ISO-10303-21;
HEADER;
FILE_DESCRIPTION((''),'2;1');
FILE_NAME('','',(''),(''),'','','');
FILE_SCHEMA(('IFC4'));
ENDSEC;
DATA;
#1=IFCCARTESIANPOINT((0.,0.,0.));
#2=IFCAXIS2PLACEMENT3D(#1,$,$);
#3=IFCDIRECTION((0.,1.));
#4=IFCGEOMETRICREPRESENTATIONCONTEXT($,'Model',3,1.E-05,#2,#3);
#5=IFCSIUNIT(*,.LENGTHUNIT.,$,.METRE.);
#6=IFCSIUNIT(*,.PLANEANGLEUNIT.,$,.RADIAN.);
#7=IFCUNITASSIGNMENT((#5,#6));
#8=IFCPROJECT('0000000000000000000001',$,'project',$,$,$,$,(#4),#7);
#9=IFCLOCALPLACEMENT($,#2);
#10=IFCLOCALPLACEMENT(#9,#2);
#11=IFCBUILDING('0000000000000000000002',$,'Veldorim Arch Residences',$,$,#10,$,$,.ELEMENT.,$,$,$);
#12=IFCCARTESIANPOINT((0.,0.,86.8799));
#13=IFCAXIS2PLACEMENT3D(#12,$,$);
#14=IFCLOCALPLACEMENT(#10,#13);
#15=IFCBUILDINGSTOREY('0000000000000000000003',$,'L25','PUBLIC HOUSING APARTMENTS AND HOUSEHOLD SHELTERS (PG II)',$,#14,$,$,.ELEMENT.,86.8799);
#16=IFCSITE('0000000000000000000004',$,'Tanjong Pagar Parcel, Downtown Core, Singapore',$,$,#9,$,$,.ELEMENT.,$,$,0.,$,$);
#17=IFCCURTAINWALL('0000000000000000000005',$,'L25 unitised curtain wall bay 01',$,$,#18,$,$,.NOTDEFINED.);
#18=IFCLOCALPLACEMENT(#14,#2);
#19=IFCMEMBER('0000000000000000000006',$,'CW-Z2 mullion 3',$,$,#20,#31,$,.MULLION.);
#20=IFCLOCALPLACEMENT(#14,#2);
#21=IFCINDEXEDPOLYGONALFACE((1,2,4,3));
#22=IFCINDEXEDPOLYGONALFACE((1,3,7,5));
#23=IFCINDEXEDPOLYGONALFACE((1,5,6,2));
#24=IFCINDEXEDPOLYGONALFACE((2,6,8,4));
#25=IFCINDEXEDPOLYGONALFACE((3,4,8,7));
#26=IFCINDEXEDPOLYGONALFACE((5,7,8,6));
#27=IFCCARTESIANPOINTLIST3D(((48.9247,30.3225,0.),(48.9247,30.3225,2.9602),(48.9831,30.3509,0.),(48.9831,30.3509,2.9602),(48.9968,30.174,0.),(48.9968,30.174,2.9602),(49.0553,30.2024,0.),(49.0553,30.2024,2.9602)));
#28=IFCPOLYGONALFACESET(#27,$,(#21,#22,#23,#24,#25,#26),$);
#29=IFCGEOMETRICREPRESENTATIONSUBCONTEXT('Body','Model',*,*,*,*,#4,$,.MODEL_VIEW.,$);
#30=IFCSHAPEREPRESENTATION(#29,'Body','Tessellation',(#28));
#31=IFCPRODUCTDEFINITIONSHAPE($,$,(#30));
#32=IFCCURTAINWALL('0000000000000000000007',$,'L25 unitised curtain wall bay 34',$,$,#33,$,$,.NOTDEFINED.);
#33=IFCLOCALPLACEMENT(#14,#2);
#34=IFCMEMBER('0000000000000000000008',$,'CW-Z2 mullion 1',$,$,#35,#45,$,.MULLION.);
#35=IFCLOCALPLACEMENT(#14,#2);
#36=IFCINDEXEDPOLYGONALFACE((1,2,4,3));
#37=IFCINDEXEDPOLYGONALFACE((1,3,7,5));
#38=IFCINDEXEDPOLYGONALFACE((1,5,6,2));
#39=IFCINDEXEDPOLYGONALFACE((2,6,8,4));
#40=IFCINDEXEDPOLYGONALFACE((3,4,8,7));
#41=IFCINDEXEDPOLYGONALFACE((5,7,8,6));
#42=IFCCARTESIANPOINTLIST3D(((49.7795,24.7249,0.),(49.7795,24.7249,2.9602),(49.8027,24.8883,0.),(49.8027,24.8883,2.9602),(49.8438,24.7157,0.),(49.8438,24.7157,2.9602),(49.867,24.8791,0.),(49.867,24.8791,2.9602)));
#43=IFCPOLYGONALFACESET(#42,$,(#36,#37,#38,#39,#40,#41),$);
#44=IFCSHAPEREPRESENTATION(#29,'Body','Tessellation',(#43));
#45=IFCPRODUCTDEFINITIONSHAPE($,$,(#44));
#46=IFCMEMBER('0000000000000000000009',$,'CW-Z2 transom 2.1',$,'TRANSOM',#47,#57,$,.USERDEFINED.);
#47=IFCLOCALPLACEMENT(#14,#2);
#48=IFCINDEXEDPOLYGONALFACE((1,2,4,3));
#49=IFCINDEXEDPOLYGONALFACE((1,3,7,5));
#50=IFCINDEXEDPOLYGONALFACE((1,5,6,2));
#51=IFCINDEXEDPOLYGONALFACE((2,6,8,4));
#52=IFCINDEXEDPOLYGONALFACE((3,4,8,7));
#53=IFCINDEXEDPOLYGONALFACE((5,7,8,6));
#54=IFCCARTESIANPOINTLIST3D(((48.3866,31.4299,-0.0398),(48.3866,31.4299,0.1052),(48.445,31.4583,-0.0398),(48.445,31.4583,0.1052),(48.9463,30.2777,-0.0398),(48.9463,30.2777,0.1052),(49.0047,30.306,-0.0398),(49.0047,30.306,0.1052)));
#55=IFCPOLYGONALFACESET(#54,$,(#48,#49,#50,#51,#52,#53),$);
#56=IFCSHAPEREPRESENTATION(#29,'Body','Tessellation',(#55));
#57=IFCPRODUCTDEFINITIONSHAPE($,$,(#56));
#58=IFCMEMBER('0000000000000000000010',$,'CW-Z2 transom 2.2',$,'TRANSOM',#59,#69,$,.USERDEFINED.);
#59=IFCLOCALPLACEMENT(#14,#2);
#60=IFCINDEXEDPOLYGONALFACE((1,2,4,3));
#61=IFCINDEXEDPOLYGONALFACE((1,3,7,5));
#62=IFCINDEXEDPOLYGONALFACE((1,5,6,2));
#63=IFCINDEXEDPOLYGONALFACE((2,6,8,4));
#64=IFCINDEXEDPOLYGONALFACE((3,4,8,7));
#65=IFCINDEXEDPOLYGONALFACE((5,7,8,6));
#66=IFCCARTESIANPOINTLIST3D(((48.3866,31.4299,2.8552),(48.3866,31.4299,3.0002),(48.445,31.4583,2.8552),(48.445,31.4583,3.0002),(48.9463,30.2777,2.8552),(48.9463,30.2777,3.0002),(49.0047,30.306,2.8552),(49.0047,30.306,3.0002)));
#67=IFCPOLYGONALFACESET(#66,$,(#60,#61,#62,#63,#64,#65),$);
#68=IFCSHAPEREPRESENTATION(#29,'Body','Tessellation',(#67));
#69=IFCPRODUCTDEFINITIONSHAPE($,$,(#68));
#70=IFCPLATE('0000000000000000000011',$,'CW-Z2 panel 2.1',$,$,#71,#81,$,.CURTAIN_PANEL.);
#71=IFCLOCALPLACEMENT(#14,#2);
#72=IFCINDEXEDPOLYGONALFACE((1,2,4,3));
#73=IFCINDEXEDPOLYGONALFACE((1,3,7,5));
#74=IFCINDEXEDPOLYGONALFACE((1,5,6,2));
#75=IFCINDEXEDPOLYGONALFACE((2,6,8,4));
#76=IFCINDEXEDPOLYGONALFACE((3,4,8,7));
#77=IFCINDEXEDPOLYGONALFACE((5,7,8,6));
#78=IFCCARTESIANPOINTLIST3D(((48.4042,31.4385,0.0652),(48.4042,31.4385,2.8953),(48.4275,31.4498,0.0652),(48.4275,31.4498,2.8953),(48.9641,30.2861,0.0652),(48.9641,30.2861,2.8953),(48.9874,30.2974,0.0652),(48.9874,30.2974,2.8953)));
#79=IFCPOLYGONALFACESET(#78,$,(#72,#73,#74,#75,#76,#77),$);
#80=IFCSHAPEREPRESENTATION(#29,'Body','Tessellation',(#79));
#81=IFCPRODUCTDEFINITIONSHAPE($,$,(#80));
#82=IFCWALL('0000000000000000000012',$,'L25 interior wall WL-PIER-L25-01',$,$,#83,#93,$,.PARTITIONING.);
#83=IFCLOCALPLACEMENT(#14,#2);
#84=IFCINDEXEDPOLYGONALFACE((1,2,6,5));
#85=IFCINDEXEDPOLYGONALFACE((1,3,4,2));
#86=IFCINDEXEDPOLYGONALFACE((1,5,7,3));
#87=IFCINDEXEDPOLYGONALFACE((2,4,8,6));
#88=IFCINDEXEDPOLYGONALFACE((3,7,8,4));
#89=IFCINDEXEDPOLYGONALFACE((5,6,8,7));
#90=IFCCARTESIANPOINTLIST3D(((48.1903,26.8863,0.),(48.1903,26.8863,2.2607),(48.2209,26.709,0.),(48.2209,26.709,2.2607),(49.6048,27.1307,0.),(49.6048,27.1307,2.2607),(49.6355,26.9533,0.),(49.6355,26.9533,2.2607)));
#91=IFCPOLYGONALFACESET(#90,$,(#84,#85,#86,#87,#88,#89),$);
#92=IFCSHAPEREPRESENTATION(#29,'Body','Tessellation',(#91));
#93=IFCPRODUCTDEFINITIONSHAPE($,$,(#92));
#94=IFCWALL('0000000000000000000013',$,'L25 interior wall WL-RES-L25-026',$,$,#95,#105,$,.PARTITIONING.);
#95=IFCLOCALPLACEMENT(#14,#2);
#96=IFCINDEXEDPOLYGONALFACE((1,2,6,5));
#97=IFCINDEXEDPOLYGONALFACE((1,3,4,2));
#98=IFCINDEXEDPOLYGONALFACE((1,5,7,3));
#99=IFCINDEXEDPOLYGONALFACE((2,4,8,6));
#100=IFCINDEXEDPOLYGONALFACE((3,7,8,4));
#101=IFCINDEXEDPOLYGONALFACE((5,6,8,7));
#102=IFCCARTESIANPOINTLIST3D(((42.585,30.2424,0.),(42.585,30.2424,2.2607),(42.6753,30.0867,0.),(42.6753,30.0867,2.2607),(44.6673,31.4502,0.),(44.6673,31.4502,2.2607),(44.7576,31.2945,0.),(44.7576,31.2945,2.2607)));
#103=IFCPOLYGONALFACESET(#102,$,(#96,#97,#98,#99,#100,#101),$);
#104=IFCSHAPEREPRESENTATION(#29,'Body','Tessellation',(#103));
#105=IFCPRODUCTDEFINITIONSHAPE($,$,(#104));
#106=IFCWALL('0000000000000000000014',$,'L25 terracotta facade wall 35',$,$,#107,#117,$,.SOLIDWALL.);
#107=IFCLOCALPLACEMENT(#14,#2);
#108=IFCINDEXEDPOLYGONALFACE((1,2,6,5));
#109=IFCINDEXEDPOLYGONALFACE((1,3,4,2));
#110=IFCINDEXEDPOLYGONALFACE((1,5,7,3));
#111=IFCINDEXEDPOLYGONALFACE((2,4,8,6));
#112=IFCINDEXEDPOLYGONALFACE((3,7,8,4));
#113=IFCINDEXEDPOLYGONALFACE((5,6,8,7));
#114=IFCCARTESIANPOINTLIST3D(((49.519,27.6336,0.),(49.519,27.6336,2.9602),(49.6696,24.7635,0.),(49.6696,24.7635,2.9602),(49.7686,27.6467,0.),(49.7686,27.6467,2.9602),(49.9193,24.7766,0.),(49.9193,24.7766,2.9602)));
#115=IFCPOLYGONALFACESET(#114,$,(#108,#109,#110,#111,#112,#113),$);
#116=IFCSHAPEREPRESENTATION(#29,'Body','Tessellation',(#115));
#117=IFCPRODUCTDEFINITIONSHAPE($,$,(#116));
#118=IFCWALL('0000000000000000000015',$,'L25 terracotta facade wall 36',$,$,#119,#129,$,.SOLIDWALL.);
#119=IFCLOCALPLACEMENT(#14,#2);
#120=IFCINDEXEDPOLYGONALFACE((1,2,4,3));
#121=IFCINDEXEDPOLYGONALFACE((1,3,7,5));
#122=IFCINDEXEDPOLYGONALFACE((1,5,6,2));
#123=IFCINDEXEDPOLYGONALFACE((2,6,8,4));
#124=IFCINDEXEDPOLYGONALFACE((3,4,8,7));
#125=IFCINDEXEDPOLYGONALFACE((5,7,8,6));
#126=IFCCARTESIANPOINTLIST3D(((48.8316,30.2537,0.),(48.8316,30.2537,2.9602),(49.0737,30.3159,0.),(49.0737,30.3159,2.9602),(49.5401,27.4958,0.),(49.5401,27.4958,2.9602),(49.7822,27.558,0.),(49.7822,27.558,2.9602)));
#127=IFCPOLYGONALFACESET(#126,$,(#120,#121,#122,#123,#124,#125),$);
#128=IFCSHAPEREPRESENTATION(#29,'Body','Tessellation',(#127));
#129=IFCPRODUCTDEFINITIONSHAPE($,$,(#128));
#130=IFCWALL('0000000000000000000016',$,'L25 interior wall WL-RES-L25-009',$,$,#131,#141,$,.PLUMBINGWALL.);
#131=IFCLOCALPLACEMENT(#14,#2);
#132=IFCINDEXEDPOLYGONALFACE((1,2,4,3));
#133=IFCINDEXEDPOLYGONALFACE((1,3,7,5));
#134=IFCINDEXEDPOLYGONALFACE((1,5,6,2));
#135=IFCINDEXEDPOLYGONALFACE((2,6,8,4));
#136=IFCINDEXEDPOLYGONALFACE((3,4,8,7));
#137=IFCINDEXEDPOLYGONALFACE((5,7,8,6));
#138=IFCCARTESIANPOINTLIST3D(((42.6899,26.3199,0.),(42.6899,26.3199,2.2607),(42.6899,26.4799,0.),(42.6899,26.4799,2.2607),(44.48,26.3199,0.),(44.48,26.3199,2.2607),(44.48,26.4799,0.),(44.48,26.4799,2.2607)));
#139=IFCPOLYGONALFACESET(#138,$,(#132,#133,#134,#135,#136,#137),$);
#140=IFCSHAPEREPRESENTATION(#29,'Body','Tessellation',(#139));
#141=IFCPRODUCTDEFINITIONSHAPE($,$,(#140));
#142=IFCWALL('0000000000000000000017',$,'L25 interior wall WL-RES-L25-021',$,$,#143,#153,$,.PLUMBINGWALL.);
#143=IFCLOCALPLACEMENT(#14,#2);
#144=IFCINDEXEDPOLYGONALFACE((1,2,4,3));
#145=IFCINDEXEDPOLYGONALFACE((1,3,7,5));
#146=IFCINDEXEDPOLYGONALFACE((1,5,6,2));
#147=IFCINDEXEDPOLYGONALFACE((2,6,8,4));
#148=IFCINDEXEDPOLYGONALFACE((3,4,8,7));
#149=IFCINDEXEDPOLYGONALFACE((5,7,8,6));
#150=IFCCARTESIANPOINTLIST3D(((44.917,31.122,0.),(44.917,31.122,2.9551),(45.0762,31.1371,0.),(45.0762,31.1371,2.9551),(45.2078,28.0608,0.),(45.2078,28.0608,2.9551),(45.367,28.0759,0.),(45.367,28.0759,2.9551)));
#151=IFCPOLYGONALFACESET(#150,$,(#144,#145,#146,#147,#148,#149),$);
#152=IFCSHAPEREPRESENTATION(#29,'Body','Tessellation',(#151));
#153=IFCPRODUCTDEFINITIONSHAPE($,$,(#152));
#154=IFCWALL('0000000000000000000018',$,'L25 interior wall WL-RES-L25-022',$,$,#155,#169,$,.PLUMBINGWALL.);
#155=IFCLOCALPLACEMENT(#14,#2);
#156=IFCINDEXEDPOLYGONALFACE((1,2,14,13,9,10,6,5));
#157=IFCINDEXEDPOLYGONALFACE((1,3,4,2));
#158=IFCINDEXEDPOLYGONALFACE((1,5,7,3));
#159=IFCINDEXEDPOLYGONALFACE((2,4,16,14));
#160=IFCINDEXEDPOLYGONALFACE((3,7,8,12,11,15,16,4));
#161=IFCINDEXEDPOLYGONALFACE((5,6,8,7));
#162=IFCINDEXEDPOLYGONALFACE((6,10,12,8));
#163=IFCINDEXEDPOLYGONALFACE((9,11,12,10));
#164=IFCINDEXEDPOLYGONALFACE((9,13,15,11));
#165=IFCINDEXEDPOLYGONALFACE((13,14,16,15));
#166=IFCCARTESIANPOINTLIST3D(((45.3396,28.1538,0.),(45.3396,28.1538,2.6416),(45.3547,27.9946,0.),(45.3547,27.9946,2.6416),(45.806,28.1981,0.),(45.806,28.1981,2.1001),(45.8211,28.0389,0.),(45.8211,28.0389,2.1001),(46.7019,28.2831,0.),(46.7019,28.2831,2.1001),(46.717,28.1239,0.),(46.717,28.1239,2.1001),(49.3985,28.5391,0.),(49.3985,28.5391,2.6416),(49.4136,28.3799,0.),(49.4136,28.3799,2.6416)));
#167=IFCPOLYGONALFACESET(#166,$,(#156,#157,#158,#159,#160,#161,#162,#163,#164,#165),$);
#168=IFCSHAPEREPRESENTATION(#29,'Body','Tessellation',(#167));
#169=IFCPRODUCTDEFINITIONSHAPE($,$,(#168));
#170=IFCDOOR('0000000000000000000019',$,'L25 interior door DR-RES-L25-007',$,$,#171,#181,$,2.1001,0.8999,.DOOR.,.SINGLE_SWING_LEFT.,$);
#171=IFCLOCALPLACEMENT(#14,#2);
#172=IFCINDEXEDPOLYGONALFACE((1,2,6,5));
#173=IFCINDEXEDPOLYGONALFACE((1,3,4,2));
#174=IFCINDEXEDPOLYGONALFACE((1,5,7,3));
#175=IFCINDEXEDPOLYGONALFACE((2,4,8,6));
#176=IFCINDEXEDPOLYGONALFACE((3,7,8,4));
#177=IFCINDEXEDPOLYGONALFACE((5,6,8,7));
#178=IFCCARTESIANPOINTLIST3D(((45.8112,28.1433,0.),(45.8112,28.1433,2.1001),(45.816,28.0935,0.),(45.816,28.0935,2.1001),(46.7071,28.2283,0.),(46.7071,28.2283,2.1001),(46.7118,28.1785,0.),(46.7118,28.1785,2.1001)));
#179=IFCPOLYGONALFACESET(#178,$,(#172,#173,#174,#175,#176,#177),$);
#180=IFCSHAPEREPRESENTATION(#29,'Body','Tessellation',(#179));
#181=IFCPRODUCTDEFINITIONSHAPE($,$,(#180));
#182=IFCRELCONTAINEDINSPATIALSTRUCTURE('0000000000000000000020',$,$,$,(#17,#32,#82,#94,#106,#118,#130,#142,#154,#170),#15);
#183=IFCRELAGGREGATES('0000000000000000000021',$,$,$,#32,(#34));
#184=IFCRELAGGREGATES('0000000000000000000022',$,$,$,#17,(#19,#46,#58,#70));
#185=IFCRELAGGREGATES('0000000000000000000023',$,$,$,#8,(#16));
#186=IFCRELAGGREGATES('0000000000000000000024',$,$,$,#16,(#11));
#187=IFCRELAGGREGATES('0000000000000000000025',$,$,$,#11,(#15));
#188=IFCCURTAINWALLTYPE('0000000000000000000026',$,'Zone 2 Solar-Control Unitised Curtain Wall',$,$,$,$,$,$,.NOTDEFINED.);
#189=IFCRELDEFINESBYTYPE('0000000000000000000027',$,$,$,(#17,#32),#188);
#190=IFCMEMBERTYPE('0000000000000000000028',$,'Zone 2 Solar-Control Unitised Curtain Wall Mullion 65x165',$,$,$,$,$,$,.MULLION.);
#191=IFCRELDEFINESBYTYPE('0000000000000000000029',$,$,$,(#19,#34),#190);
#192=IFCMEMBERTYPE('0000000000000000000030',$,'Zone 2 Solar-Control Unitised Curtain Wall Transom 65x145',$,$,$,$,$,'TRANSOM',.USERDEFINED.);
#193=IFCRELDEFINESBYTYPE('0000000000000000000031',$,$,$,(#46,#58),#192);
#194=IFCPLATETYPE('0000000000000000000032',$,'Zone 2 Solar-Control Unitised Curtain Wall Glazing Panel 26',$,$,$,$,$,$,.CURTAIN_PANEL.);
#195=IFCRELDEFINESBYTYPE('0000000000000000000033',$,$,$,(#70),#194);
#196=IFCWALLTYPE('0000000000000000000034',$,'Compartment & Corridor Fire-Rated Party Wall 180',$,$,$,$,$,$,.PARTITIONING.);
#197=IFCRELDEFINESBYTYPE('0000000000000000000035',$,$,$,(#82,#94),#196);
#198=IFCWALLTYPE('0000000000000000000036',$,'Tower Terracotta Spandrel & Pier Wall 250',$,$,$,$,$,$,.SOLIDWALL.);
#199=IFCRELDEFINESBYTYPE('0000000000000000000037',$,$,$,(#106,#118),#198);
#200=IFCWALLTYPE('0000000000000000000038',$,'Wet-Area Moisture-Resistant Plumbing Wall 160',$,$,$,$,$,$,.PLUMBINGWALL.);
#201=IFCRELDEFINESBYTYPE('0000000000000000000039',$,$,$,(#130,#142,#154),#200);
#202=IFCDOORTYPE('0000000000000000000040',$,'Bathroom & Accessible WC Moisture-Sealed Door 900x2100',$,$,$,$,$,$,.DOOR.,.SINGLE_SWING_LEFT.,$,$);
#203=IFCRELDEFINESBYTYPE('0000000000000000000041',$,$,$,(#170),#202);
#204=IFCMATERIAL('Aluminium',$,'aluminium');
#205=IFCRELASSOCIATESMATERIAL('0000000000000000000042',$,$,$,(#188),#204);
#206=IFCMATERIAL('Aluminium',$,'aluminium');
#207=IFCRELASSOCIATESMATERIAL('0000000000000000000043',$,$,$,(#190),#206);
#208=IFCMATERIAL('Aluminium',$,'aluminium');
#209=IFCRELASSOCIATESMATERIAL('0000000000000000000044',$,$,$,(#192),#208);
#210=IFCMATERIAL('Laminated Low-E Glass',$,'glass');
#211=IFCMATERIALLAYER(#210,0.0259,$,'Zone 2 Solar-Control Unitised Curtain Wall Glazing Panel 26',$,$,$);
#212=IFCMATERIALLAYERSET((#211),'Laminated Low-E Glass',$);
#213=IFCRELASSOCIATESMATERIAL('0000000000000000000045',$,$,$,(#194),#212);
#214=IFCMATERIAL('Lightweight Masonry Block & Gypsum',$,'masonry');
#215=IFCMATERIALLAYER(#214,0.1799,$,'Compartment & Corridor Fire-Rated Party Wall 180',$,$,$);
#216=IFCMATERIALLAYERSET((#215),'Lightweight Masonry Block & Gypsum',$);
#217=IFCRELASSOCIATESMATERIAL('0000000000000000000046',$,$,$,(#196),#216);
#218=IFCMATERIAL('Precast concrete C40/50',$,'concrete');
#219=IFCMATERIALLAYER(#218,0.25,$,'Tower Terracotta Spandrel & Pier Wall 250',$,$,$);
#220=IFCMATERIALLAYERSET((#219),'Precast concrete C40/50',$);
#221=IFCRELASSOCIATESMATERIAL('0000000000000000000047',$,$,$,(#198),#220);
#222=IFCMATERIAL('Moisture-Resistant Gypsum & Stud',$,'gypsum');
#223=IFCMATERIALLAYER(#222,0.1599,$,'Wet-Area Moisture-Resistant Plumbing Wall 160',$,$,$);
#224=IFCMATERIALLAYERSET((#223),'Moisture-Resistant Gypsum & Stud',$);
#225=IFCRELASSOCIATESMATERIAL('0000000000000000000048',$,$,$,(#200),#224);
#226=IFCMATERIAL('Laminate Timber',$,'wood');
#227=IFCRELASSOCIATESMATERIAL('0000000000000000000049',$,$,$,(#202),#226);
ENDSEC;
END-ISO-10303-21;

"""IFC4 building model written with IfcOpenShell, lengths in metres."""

from ifc_helpers import new_model, si_unit, direction, frame, frame_2d, origin, origin_2d, place, context, subcontext, project, spatial, rectangle, extrude, material, layer, layer_set, material_profile, profile_set, type_object, element, fill, aggregate, save


model = new_model("IFC4")

# Units and contexts
model_context = context("Model", 3, precision=1e-05, world=origin(), true_north=direction((0.0, 1.0)))
body_context = subcontext(model_context, "Body", "Model", "MODEL_VIEW")
ifc_project = project(units=[si_unit("LENGTHUNIT", "METRE"), si_unit("PLANEANGLEUNIT", "RADIAN")], contexts=[model_context])

# Site, building, storey
site_placement = place(None, origin())
site = spatial("IfcSite", under=ifc_project, at=site_placement, Name="Tanjong Pagar Parcel, Downtown Core, Singapore", CompositionType="ELEMENT", RefElevation=0.0)
building_placement = place(site_placement, origin())
building = spatial("IfcBuilding", under=site, at=building_placement, Name="Veldorim Arch Residences", CompositionType="ELEMENT")
storey_placement = place(building_placement, frame((0.0, 0.0, 86.8799)))
storey = spatial("IfcBuildingStorey", under=building, at=storey_placement, Name="L25", Description="PUBLIC HOUSING APARTMENTS AND HOUSEHOLD SHELTERS (PG II)", CompositionType="ELEMENT", Elevation=86.8799)

# Curtain wall, member
ifc_material_1 = material(Name="Aluminium", Category="aluminium")
curtain_wall_type = type_object("IfcCurtainWallType", Name="Zone 2 Solar-Control Unitised Curtain Wall", PredefinedType="NOTDEFINED", material=ifc_material_1)
curtain_wall_1_placement = place(storey_placement, origin())
curtain_wall_1 = element("IfcCurtainWall", 1, at=curtain_wall_1_placement, inside=storey, type_object=curtain_wall_type, Name="L25 unitised curtain wall bay 01", PredefinedType="NOTDEFINED")
ifc_material_2 = material(Name="Aluminium", Category="aluminium")
ifc_material_profile_1 = material_profile(ifc_material_2, rectangle(XDim=0.0649, YDim=0.165, at=origin_2d()), Name="ALU_MUL_65x165")
ifc_profile_set_1 = profile_set([ifc_material_profile_1], Name="Aluminium")
member_type_1 = type_object("IfcMemberType", Name="Zone 2 Solar-Control Unitised Curtain Wall Mullion 65x165", PredefinedType="MULLION", material=ifc_profile_set_1)
member_1_placement = place(storey_placement, frame((48.99, 30.2625, 0.0), z_axis=(0.0, 0.0, 1.0), x_axis=(0.899439, 0.437046, 0.0)))
member_1 = element("IfcMember", 2, at=member_1_placement, type_object=member_type_1, Name="CW-Z2 mullion 3", PredefinedType="MULLION", context=body_context, shape_type="SweptSolid", body=[
    extrude(rectangle(XDim=0.0649, YDim=0.165, at=origin_2d()), origin(), (0.0, 0.0, 1.0), 2.9602),
])

# Curtain wall, member
curtain_wall_2_placement = place(storey_placement, origin())
curtain_wall_2 = element("IfcCurtainWall", 3, at=curtain_wall_2_placement, inside=storey, type_object=curtain_wall_type, Name="L25 unitised curtain wall bay 34", PredefinedType="NOTDEFINED")
member_2_placement = place(storey_placement, frame((49.8232, 24.802, 0.0), z_axis=(0.0, 0.0, 1.0), x_axis=(0.990071, -0.140571, 0.0)))
member_2 = element("IfcMember", 4, at=member_2_placement, type_object=member_type_1, Name="CW-Z2 mullion 1", PredefinedType="MULLION", context=body_context, shape_type="SweptSolid", body=[
    extrude(rectangle(XDim=0.0649, YDim=0.165, at=origin_2d()), origin(), (0.0, 0.0, 1.0), 2.9602),
])
aggregate(curtain_wall_2, [member_2])

# Members
ifc_material_3 = material(Name="Aluminium", Category="aluminium")
ifc_material_profile_2 = material_profile(ifc_material_3, rectangle(XDim=0.0649, YDim=0.145, at=origin_2d()), Name="ALU_TRN_65x145")
ifc_profile_set_2 = profile_set([ifc_material_profile_2], Name="Aluminium")
member_type_2 = type_object("IfcMemberType", Name="Zone 2 Solar-Control Unitised Curtain Wall Transom 65x145", ElementType="TRANSOM", PredefinedType="USERDEFINED", material=ifc_profile_set_2)
member_3_placement = place(storey_placement, frame((48.4158, 31.4441, 0.0327), z_axis=(0.43697, -0.899476, 0.0), x_axis=(0.899476, 0.43697, 0.0)))
member_3 = element("IfcMember", 5, at=member_3_placement, type_object=member_type_2, Name="CW-Z2 transom 2.1", ObjectType="TRANSOM", PredefinedType="USERDEFINED", context=body_context, shape_type="SweptSolid", body=[
    extrude(rectangle(XDim=0.0649, YDim=0.145, at=origin_2d()), origin(), (0.0, 0.0, 1.0), 1.281),
])
member_4_placement = place(storey_placement, frame((48.4158, 31.4441, 2.9277), z_axis=(0.43697, -0.899476, 0.0), x_axis=(0.899476, 0.43697, 0.0)))
member_4 = element("IfcMember", 6, at=member_4_placement, type_object=member_type_2, Name="CW-Z2 transom 2.2", ObjectType="TRANSOM", PredefinedType="USERDEFINED", context=body_context, shape_type="SweptSolid", body=[
    extrude(rectangle(XDim=0.0649, YDim=0.145, at=origin_2d()), origin(), (0.0, 0.0, 1.0), 1.281),
])

# Plate
ifc_material_4 = material(Name="Laminated Low-E Glass", Category="glass")
ifc_layer_1 = layer(ifc_material_4, 0.0259, Name="Zone 2 Solar-Control Unitised Curtain Wall Glazing Panel 26")
ifc_layer_set_1 = layer_set([ifc_layer_1], Name="Laminated Low-E Glass")
plate_type = type_object("IfcPlateType", Name="Zone 2 Solar-Control Unitised Curtain Wall Glazing Panel 26", PredefinedType="CURTAIN_PANEL", material=ifc_layer_set_1)
plate_placement = place(storey_placement, frame((48.6958, 30.8679, 0.0652), z_axis=(0.0, 0.0, 1.0), x_axis=(0.437046, -0.899439, 0.0)))
plate = element("IfcPlate", 7, at=plate_placement, type_object=plate_type, Name="CW-Z2 panel 2.1", PredefinedType="CURTAIN_PANEL", context=body_context, shape_type="SweptSolid", body=[
    extrude(rectangle(XDim=1.2812, YDim=0.0259, at=origin_2d()), origin(), (0.0, 0.0, 1.0), 2.8301),
])
aggregate(curtain_wall_1, [member_1, member_3, member_4, plate])

# Wall
ifc_material_5 = material(Name="Lightweight Masonry Block & Gypsum", Category="masonry")
ifc_layer_2 = layer(ifc_material_5, 0.1799, Name="Compartment & Corridor Fire-Rated Party Wall 180")
ifc_layer_set_2 = layer_set([ifc_layer_2], Name="Lightweight Masonry Block & Gypsum")
wall_type_1 = type_object("IfcWallType", Name="Compartment & Corridor Fire-Rated Party Wall 180", PredefinedType="PARTITIONING", material=ifc_layer_set_2)
wall_1_placement = place(storey_placement, frame((48.2056, 26.7976, 0.0), z_axis=(0.0, 0.0, 1.0), x_axis=(0.985402, 0.170243, 0.0)))
element("IfcWall", 8, at=wall_1_placement, inside=storey, type_object=wall_type_1, Name="L25 interior wall WL-PIER-L25-01", PredefinedType="PARTITIONING", context=body_context, shape_type="SweptSolid", body=[
    extrude(rectangle(XDim=1.4355, YDim=0.1799, at=frame_2d((0.7178, 0.0))), origin(), (0.0, 0.0, 1.0), 2.2607),
])

# Walls
wall_2_placement = place(storey_placement, frame((42.6301, 30.1646, 0.0), z_axis=(0.0, 0.0, 1.0), x_axis=(0.865023, 0.501732, 0.0)))
element("IfcWall", 9, at=wall_2_placement, inside=storey, type_object=wall_type_1, Name="L25 interior wall WL-RES-L25-026", PredefinedType="PARTITIONING", context=body_context, shape_type="SweptSolid", body=[
    extrude(rectangle(XDim=2.4072, YDim=0.1799, at=frame_2d((1.2036, 0.0))), origin(), (0.0, 0.0, 1.0), 2.2607),
])
ifc_material_6 = material(Name="Precast concrete C40/50", Category="concrete")
ifc_layer_3 = layer(ifc_material_6, 0.25, Name="Tower Terracotta Spandrel & Pier Wall 250")
ifc_layer_set_3 = layer_set([ifc_layer_3], Name="Precast concrete C40/50")
wall_type_2 = type_object("IfcWallType", Name="Tower Terracotta Spandrel & Pier Wall 250", PredefinedType="SOLIDWALL", material=ifc_layer_set_3)
wall_3_placement = place(storey_placement, frame((49.6438, 27.6401, 0.0), z_axis=(0.0, 0.0, 1.0), x_axis=(0.052412, -0.998626, 0.0)))
element("IfcWall", 10, at=wall_3_placement, inside=storey, type_object=wall_type_2, Name="L25 terracotta facade wall 35", PredefinedType="SOLIDWALL", context=body_context, shape_type="SweptSolid", body=[
    extrude(rectangle(XDim=2.874, YDim=0.25, at=frame_2d((1.437, 0.0))), origin(), (0.0, 0.0, 1.0), 2.9602),
])
wall_4_placement = place(storey_placement, frame((48.9526, 30.2849, 0.0), z_axis=(0.0, 0.0, 1.0), x_axis=(0.248825, -0.968548, 0.0)))
element("IfcWall", 11, at=wall_4_placement, inside=storey, type_object=wall_type_2, Name="L25 terracotta facade wall 36", PredefinedType="SOLIDWALL", context=body_context, shape_type="SweptSolid", body=[
    extrude(rectangle(XDim=2.8474, YDim=0.25, at=frame_2d((1.4238, 0.0))), origin(), (0.0, 0.0, 1.0), 2.9602),
])
ifc_material_7 = material(Name="Moisture-Resistant Gypsum & Stud", Category="gypsum")
ifc_layer_4 = layer(ifc_material_7, 0.1599, Name="Wet-Area Moisture-Resistant Plumbing Wall 160")
ifc_layer_set_4 = layer_set([ifc_layer_4], Name="Moisture-Resistant Gypsum & Stud")
wall_type_3 = type_object("IfcWallType", Name="Wet-Area Moisture-Resistant Plumbing Wall 160", PredefinedType="PLUMBINGWALL", material=ifc_layer_set_4)
wall_5_placement = place(storey_placement, frame((42.6899, 26.3999, 0.0), z_axis=(0.0, 0.0, 1.0), x_axis=(1.0, 0.0, 0.0)))
element("IfcWall", 12, at=wall_5_placement, inside=storey, type_object=wall_type_3, Name="L25 interior wall WL-RES-L25-009", PredefinedType="PLUMBINGWALL", context=body_context, shape_type="SweptSolid", body=[
    extrude(rectangle(XDim=1.79, YDim=0.1599, at=frame_2d((0.895, 0.0))), origin(), (0.0, 0.0, 1.0), 2.2607),
])
wall_6_placement = place(storey_placement, frame((44.9966, 31.1296, 0.0), z_axis=(0.0, 0.0, 1.0), x_axis=(0.094558, -0.995519, 0.0)))
element("IfcWall", 13, at=wall_6_placement, inside=storey, type_object=wall_type_3, Name="L25 interior wall WL-RES-L25-021", PredefinedType="PLUMBINGWALL", context=body_context, shape_type="SweptSolid", body=[
    extrude(rectangle(XDim=3.075, YDim=0.1599, at=frame_2d((1.5376, 0.0))), origin(), (0.0, 0.0, 1.0), 2.9551),
])

# Wall, opening, door
wall_7_placement = place(storey_placement, frame((45.3472, 28.0742, 0.0), z_axis=(0.0, 0.0, 1.0), x_axis=(0.995526, 0.094493, 0.0)))
wall_7 = element("IfcWall", 14, at=wall_7_placement, inside=storey, type_object=wall_type_3, Name="L25 interior wall WL-RES-L25-022", PredefinedType="PLUMBINGWALL", context=body_context, shape_type="SweptSolid", body=[
    extrude(rectangle(XDim=4.0771, YDim=0.1599, at=frame_2d((2.0386, 0.0))), origin(), (0.0, 0.0, 1.0), 2.6416),
])
opening_1_placement = place(wall_7_placement, frame((0.4685, 0.0, 0.0)))
opening_1 = element("IfcOpeningElement", 15, at=opening_1_placement, cuts=wall_7, PredefinedType="OPENING", context=body_context, shape_type="SweptSolid", body=[
    extrude(rectangle(XDim=0.8999, YDim=2.1001, at=frame_2d((0.45, 1.05))), frame((0.0, 0.0898, 0.0), z_axis=(0.0, -1.0, 0.0), x_axis=(1.0, 0.0, 0.0)), (0.0, 0.0, 1.0), 0.1799),
])
ifc_material_8 = material(Name="Laminate Timber", Category="wood")
door_type_1 = type_object("IfcDoorType", Name="Bathroom & Accessible WC Moisture-Sealed Door 900x2100", OperationType="SINGLE_SWING_LEFT", PredefinedType="DOOR", material=ifc_material_8)
door_1_placement = place(opening_1_placement, origin())
door_1 = element("IfcDoor", 16, at=door_1_placement, inside=storey, type_object=door_type_1, Name="L25 interior door DR-RES-L25-007", OperationType="SINGLE_SWING_LEFT", OverallHeight=2.1001, OverallWidth=0.8999, PredefinedType="DOOR", context=body_context, shape_type="SweptSolid", body=[
    extrude(rectangle(XDim=0.8999, YDim=2.1001, at=frame_2d((0.45, 1.05))), frame((0.0, 0.0249, 0.0), z_axis=(0.0, -1.0, 0.0), x_axis=(1.0, 0.0, 0.0)), (0.0, 0.0, 1.0), 0.05),
])
fill(opening_1, door_1)

save(model, "model.ifc")
